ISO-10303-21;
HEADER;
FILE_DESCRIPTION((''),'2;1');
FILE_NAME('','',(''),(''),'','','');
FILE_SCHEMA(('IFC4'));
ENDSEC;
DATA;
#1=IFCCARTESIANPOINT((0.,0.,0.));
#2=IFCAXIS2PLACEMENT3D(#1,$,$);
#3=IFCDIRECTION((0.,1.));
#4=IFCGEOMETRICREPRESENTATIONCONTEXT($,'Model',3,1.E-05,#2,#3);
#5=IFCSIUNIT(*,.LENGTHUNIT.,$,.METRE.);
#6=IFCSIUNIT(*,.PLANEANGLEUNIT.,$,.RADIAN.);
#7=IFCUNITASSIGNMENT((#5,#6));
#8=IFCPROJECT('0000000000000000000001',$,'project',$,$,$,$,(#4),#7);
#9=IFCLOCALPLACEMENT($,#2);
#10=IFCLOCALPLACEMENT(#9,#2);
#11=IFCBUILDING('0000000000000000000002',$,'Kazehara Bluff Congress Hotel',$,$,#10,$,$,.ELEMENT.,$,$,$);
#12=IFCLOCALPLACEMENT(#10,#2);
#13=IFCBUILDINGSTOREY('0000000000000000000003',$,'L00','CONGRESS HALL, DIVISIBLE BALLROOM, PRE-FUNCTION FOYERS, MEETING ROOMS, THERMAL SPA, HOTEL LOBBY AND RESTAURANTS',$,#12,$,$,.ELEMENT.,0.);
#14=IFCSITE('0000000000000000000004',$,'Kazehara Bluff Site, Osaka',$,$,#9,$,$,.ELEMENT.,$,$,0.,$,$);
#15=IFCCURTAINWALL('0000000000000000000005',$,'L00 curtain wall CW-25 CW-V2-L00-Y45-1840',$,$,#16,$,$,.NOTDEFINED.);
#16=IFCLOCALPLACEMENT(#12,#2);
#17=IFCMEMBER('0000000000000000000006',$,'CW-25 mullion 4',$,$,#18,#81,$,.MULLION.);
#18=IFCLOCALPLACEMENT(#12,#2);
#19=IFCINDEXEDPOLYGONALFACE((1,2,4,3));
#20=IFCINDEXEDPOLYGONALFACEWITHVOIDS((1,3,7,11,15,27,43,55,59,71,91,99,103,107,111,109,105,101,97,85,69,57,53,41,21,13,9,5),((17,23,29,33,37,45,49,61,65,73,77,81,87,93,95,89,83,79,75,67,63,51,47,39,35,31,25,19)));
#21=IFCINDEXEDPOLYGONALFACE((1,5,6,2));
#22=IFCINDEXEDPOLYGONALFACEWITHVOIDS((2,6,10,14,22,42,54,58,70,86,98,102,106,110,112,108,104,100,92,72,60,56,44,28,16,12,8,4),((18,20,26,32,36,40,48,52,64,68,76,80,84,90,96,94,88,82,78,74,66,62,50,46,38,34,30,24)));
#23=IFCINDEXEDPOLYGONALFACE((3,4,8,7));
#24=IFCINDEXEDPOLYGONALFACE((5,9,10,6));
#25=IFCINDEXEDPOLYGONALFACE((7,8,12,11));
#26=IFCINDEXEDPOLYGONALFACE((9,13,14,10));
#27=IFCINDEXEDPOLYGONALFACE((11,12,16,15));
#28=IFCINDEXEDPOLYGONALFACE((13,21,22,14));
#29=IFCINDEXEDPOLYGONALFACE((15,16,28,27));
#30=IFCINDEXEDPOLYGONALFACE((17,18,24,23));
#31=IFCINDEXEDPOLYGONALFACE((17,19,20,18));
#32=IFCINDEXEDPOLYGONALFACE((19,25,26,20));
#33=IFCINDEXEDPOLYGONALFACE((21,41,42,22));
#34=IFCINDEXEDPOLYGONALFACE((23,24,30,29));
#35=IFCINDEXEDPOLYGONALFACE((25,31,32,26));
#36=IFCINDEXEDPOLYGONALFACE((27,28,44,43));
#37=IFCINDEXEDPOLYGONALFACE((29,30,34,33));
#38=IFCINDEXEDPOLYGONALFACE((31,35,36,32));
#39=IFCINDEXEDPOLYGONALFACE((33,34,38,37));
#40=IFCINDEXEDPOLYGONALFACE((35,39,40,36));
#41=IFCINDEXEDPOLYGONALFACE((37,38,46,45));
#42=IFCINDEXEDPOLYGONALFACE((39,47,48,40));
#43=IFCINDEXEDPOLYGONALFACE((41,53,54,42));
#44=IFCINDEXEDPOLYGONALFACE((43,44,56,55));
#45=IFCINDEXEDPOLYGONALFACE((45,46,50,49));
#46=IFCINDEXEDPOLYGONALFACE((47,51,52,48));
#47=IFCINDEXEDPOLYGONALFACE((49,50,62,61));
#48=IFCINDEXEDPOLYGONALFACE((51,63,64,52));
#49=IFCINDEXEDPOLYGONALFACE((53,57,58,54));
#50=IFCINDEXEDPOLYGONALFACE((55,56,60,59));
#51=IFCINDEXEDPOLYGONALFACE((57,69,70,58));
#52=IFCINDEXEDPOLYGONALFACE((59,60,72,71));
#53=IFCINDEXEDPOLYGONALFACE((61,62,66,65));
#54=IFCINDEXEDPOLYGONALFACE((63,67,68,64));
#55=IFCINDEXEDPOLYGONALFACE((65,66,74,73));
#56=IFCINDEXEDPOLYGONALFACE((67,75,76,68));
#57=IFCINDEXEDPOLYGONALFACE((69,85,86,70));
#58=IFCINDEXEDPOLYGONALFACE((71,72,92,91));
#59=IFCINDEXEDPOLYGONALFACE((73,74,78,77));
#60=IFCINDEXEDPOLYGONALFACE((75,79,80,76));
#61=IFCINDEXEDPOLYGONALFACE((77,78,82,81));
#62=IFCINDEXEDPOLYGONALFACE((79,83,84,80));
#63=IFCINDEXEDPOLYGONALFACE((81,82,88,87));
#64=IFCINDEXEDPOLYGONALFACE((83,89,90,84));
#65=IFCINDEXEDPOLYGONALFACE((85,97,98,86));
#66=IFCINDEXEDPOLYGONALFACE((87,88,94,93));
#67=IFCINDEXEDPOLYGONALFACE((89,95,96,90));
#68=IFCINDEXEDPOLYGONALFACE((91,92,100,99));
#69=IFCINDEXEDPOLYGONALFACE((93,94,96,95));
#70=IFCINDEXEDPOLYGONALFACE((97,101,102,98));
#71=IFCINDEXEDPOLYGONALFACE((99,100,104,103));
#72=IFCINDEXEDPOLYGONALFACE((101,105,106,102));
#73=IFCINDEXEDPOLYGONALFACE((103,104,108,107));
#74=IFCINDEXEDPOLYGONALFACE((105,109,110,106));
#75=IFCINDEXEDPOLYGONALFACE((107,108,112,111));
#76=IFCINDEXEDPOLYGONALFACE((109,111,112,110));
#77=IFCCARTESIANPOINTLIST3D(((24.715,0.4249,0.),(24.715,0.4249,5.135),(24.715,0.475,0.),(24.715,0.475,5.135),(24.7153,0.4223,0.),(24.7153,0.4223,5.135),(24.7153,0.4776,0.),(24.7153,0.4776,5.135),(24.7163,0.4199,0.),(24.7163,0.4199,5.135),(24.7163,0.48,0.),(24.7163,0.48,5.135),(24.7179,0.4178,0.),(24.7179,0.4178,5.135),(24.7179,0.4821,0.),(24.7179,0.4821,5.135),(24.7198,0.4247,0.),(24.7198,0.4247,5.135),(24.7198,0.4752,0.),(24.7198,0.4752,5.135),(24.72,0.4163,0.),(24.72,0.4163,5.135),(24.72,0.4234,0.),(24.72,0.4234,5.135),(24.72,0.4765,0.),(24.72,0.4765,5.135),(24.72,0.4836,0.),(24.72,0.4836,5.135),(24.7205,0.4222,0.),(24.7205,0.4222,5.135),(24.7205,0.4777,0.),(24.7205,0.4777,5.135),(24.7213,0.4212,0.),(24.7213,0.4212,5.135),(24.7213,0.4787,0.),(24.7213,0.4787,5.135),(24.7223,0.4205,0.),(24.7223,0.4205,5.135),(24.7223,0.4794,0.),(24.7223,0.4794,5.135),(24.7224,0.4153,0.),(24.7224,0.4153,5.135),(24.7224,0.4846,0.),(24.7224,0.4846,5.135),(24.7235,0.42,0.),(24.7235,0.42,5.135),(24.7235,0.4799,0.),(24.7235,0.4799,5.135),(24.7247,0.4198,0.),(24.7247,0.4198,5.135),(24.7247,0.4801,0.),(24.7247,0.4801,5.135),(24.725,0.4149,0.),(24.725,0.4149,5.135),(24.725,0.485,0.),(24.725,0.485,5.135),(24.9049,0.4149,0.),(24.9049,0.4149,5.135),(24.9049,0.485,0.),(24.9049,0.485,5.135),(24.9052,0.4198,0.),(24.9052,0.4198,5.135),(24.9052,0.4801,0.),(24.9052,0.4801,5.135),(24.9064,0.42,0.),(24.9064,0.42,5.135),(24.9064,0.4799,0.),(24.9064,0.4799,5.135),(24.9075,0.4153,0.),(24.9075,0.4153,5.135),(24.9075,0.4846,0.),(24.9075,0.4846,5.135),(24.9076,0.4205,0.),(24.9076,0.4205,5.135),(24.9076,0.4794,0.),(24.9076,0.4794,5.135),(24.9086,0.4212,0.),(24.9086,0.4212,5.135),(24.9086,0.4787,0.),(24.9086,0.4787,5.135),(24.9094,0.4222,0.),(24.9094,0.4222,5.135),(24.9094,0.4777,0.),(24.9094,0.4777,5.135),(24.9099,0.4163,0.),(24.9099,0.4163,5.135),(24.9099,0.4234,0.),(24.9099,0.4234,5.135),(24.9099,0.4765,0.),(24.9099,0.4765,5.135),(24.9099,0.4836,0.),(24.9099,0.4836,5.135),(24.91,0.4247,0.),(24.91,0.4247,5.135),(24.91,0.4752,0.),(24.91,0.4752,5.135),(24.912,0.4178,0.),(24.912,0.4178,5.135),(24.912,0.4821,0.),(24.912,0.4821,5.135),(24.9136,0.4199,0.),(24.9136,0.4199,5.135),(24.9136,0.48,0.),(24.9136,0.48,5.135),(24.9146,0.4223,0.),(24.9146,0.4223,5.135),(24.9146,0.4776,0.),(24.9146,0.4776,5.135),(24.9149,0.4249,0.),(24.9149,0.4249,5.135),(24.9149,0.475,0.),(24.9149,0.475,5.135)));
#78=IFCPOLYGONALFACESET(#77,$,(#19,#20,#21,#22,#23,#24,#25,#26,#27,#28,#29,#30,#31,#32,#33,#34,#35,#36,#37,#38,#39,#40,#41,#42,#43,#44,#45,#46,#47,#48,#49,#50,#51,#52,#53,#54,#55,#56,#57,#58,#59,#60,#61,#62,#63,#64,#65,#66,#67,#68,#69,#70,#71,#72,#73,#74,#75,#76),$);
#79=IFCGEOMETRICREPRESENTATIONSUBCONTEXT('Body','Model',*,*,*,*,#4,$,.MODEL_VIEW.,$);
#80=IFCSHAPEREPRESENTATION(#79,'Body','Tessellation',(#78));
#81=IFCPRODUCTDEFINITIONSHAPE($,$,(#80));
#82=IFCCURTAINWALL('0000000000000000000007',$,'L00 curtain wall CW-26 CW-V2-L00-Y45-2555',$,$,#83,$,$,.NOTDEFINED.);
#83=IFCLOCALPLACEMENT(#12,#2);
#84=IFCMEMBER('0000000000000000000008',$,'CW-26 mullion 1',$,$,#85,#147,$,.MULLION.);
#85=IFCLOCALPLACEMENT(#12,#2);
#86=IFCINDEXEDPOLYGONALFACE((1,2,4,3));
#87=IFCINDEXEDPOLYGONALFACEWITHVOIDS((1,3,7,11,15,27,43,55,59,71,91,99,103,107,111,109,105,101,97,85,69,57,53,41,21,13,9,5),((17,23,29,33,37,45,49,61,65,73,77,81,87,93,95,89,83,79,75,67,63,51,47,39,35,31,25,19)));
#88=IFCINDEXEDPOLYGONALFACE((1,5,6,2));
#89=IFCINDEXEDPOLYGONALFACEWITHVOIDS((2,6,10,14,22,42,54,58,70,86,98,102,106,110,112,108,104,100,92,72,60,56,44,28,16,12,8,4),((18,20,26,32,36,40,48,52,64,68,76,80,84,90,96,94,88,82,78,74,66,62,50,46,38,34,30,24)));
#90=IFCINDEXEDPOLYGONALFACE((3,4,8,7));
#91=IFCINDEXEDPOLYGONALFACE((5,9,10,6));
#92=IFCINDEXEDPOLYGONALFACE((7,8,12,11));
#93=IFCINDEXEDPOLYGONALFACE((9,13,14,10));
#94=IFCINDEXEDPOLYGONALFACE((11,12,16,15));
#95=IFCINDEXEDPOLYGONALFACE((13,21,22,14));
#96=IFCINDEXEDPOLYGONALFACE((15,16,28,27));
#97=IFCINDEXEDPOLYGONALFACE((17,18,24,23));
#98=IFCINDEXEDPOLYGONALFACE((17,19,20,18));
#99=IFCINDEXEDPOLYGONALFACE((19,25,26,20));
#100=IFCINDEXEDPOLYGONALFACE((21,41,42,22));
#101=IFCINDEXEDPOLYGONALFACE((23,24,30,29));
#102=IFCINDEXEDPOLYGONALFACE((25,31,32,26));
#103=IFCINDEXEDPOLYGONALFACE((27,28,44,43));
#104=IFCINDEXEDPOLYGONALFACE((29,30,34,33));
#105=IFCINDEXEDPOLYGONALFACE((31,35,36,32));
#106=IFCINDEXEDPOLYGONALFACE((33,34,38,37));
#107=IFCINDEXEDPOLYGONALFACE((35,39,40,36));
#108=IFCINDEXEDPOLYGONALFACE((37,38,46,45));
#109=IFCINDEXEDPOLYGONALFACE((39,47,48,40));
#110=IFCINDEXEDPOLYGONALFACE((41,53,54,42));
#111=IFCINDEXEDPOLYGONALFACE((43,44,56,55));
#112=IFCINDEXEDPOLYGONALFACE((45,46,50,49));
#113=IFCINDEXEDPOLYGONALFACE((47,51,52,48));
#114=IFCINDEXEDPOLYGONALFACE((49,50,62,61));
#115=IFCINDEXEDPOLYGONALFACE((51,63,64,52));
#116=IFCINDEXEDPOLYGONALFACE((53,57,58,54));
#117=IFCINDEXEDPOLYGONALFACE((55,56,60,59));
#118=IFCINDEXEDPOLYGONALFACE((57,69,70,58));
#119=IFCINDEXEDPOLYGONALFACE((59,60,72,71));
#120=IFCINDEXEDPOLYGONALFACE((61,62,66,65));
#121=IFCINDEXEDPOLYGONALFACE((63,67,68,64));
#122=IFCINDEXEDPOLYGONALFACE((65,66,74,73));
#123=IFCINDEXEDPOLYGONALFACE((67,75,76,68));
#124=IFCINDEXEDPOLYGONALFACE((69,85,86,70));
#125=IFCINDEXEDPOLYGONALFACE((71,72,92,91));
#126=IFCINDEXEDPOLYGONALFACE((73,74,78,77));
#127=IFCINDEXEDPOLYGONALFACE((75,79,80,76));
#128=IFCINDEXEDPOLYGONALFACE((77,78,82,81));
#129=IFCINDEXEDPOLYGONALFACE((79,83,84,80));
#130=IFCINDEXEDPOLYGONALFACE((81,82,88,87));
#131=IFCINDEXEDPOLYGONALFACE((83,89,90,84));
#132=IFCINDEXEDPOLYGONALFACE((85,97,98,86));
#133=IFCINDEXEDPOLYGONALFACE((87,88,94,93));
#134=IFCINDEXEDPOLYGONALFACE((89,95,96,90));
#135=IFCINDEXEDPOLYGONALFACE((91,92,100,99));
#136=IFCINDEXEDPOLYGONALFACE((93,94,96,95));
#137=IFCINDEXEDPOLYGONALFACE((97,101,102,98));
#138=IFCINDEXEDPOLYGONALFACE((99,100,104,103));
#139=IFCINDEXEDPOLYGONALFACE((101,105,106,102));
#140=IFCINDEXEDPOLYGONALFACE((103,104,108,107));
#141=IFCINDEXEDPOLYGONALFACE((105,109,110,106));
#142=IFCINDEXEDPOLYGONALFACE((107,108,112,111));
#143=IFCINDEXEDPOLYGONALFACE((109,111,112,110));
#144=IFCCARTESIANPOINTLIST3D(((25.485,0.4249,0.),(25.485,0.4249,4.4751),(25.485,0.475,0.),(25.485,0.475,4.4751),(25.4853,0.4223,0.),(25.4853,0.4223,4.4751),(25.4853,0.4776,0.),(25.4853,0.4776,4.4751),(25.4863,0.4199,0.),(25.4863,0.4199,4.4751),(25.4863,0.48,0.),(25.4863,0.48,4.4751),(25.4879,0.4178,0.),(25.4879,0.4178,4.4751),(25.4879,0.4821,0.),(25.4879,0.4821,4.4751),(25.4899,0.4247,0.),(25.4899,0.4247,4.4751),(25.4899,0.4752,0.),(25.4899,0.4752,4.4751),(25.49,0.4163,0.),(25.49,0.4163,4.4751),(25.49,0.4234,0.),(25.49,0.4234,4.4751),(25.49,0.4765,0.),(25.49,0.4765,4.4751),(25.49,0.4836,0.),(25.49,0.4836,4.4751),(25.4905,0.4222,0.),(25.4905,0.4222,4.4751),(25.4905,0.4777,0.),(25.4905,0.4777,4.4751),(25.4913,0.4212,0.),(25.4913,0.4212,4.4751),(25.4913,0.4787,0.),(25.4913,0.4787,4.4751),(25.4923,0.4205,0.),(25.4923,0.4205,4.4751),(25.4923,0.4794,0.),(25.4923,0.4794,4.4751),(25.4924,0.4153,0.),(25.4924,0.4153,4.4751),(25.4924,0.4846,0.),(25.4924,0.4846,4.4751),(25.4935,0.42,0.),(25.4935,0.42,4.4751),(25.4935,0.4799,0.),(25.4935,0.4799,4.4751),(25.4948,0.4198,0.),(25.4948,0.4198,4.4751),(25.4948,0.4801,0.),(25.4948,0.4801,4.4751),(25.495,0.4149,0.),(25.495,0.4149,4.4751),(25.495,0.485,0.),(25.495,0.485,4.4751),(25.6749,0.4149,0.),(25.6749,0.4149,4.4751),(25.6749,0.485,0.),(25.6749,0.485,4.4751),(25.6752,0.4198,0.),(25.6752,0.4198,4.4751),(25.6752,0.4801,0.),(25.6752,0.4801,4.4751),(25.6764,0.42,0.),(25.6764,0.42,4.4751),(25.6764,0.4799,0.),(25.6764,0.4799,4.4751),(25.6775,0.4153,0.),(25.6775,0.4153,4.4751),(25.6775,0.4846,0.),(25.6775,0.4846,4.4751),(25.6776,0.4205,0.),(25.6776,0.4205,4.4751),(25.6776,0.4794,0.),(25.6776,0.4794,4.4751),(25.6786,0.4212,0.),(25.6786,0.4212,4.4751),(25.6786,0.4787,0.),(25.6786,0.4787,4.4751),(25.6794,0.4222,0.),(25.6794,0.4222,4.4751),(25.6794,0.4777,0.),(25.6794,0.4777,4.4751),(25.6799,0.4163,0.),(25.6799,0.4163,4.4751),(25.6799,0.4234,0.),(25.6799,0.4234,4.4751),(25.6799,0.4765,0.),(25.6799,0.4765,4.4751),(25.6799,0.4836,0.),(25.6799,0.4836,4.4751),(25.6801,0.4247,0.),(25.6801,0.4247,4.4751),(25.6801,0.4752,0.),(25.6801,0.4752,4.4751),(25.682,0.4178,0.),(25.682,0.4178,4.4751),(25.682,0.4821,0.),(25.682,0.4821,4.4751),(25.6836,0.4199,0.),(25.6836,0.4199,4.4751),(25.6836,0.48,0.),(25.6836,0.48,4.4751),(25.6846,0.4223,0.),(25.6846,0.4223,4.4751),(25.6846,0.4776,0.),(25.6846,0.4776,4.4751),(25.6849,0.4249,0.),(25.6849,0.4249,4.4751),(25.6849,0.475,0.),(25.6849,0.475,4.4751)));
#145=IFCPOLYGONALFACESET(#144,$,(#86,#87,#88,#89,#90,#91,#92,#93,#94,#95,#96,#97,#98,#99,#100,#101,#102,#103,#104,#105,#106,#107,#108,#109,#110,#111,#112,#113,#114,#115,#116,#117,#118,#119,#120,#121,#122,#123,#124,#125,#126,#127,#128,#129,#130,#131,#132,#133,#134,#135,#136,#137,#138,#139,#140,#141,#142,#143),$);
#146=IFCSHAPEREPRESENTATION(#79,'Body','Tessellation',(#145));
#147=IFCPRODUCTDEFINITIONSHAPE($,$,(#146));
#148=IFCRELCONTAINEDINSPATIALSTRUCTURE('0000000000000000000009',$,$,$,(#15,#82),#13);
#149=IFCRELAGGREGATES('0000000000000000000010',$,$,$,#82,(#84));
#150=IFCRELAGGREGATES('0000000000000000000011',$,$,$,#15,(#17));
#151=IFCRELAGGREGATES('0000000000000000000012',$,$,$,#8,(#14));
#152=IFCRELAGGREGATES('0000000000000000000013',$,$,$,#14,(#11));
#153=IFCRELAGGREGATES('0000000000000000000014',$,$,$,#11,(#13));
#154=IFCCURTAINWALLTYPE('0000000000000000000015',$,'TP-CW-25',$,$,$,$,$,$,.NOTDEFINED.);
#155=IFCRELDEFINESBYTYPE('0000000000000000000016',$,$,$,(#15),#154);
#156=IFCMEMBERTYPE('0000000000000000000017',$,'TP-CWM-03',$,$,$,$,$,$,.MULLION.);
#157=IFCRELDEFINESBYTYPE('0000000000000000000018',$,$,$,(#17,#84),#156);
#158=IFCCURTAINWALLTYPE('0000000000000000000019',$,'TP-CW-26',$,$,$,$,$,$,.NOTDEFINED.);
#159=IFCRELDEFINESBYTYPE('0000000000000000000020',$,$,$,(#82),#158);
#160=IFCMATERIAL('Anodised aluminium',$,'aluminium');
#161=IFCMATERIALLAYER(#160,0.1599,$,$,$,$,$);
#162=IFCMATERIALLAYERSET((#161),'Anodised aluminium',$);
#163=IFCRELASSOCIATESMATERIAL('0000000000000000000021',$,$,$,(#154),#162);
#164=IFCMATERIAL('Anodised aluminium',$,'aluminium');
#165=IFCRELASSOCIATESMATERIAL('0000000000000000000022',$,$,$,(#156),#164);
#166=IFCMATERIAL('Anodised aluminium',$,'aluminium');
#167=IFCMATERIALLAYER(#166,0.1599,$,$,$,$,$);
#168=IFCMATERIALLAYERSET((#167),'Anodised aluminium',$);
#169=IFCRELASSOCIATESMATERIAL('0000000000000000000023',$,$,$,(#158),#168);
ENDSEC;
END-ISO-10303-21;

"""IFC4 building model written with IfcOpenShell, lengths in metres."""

from ifc_helpers import new_model, si_unit, direction, frame, origin, origin_2d, place, context, subcontext, project, spatial, hollow_rectangle, extrude, material, layer, layer_set, material_profile, profile_set, type_object, element, aggregate, save


model = new_model("IFC4")

# Units and contexts
model_context = context("Model", 3, precision=1e-05, world=origin(), true_north=direction((0.0, 1.0)))
body_context = subcontext(model_context, "Body", "Model", "MODEL_VIEW")
ifc_project = project(units=[si_unit("LENGTHUNIT", "METRE"), si_unit("PLANEANGLEUNIT", "RADIAN")], contexts=[model_context])

# Site, building, storey
site_placement = place(None, origin())
site = spatial("IfcSite", under=ifc_project, at=site_placement, Name="Kazehara Bluff Site, Osaka", CompositionType="ELEMENT", RefElevation=0.0)
building_placement = place(site_placement, origin())
building = spatial("IfcBuilding", under=site, at=building_placement, Name="Kazehara Bluff Congress Hotel", CompositionType="ELEMENT")
storey_placement = place(building_placement, origin())
storey = spatial("IfcBuildingStorey", under=building, at=storey_placement, Name="L00", Description="CONGRESS HALL, DIVISIBLE BALLROOM, PRE-FUNCTION FOYERS, MEETING ROOMS, THERMAL SPA, HOTEL LOBBY AND RESTAURANTS", CompositionType="ELEMENT", Elevation=0.0)

# Curtain wall, member
ifc_material_1 = material(Name="Anodised aluminium", Category="aluminium")
ifc_layer_1 = layer(ifc_material_1, 0.1599)
ifc_layer_set_1 = layer_set([ifc_layer_1], Name="Anodised aluminium")
curtain_wall_type_1 = type_object("IfcCurtainWallType", Name="TP-CW-25", PredefinedType="NOTDEFINED", material=ifc_layer_set_1)
curtain_wall_1_placement = place(storey_placement, origin())
curtain_wall_1 = element("IfcCurtainWall", 1, at=curtain_wall_1_placement, inside=storey, type_object=curtain_wall_type_1, Name="L00 curtain wall CW-25 CW-V2-L00-Y45-1840", PredefinedType="NOTDEFINED")
ifc_material_2 = material(Name="Anodised aluminium", Category="aluminium")
ifc_material_profile_1 = material_profile(ifc_material_2, hollow_rectangle(XDim=0.0701, YDim=0.2, WallThickness=0.0049, InnerFilletRadius=0.0049, OuterFilletRadius=0.01, at=origin_2d()))
ifc_profile_set_1 = profile_set([ifc_material_profile_1], Name="Anodised aluminium")
member_type_1 = type_object("IfcMemberType", Name="TP-CWM-03", PredefinedType="MULLION", material=ifc_profile_set_1)
member_1_placement = place(storey_placement, frame((24.8149, 0.45, 0.0), z_axis=(0.0, 0.0, 1.0), x_axis=(0.0, 1.0, 0.0)))
member_1 = element("IfcMember", 2, at=member_1_placement, type_object=member_type_1, Name="CW-25 mullion 4", PredefinedType="MULLION", context=body_context, shape_type="SweptSolid", body=[
    extrude(hollow_rectangle(XDim=0.0701, YDim=0.2, WallThickness=0.0049, InnerFilletRadius=0.0049, OuterFilletRadius=0.01, at=origin_2d()), origin(), (0.0, 0.0, 1.0), 5.135),
])

# Curtain wall, member
ifc_material_3 = material(Name="Anodised aluminium", Category="aluminium")
ifc_layer_2 = layer(ifc_material_3, 0.1599)
ifc_layer_set_2 = layer_set([ifc_layer_2], Name="Anodised aluminium")
curtain_wall_type_2 = type_object("IfcCurtainWallType", Name="TP-CW-26", PredefinedType="NOTDEFINED", material=ifc_layer_set_2)
curtain_wall_2_placement = place(storey_placement, origin())
curtain_wall_2 = element("IfcCurtainWall", 3, at=curtain_wall_2_placement, inside=storey, type_object=curtain_wall_type_2, Name="L00 curtain wall CW-26 CW-V2-L00-Y45-2555", PredefinedType="NOTDEFINED")
member_2_placement = place(storey_placement, frame((25.585, 0.45, 0.0), z_axis=(0.0, 0.0, 1.0), x_axis=(0.0, 1.0, 0.0)))
member_2 = element("IfcMember", 4, at=member_2_placement, type_object=member_type_1, Name="CW-26 mullion 1", PredefinedType="MULLION", context=body_context, shape_type="SweptSolid", body=[
    extrude(hollow_rectangle(XDim=0.0701, YDim=0.2, WallThickness=0.0049, InnerFilletRadius=0.0049, OuterFilletRadius=0.01, at=origin_2d()), origin(), (0.0, 0.0, 1.0), 4.4751),
])
aggregate(curtain_wall_2, [member_2])

aggregate(curtain_wall_1, [member_1])

save(model, "model.ifc")
